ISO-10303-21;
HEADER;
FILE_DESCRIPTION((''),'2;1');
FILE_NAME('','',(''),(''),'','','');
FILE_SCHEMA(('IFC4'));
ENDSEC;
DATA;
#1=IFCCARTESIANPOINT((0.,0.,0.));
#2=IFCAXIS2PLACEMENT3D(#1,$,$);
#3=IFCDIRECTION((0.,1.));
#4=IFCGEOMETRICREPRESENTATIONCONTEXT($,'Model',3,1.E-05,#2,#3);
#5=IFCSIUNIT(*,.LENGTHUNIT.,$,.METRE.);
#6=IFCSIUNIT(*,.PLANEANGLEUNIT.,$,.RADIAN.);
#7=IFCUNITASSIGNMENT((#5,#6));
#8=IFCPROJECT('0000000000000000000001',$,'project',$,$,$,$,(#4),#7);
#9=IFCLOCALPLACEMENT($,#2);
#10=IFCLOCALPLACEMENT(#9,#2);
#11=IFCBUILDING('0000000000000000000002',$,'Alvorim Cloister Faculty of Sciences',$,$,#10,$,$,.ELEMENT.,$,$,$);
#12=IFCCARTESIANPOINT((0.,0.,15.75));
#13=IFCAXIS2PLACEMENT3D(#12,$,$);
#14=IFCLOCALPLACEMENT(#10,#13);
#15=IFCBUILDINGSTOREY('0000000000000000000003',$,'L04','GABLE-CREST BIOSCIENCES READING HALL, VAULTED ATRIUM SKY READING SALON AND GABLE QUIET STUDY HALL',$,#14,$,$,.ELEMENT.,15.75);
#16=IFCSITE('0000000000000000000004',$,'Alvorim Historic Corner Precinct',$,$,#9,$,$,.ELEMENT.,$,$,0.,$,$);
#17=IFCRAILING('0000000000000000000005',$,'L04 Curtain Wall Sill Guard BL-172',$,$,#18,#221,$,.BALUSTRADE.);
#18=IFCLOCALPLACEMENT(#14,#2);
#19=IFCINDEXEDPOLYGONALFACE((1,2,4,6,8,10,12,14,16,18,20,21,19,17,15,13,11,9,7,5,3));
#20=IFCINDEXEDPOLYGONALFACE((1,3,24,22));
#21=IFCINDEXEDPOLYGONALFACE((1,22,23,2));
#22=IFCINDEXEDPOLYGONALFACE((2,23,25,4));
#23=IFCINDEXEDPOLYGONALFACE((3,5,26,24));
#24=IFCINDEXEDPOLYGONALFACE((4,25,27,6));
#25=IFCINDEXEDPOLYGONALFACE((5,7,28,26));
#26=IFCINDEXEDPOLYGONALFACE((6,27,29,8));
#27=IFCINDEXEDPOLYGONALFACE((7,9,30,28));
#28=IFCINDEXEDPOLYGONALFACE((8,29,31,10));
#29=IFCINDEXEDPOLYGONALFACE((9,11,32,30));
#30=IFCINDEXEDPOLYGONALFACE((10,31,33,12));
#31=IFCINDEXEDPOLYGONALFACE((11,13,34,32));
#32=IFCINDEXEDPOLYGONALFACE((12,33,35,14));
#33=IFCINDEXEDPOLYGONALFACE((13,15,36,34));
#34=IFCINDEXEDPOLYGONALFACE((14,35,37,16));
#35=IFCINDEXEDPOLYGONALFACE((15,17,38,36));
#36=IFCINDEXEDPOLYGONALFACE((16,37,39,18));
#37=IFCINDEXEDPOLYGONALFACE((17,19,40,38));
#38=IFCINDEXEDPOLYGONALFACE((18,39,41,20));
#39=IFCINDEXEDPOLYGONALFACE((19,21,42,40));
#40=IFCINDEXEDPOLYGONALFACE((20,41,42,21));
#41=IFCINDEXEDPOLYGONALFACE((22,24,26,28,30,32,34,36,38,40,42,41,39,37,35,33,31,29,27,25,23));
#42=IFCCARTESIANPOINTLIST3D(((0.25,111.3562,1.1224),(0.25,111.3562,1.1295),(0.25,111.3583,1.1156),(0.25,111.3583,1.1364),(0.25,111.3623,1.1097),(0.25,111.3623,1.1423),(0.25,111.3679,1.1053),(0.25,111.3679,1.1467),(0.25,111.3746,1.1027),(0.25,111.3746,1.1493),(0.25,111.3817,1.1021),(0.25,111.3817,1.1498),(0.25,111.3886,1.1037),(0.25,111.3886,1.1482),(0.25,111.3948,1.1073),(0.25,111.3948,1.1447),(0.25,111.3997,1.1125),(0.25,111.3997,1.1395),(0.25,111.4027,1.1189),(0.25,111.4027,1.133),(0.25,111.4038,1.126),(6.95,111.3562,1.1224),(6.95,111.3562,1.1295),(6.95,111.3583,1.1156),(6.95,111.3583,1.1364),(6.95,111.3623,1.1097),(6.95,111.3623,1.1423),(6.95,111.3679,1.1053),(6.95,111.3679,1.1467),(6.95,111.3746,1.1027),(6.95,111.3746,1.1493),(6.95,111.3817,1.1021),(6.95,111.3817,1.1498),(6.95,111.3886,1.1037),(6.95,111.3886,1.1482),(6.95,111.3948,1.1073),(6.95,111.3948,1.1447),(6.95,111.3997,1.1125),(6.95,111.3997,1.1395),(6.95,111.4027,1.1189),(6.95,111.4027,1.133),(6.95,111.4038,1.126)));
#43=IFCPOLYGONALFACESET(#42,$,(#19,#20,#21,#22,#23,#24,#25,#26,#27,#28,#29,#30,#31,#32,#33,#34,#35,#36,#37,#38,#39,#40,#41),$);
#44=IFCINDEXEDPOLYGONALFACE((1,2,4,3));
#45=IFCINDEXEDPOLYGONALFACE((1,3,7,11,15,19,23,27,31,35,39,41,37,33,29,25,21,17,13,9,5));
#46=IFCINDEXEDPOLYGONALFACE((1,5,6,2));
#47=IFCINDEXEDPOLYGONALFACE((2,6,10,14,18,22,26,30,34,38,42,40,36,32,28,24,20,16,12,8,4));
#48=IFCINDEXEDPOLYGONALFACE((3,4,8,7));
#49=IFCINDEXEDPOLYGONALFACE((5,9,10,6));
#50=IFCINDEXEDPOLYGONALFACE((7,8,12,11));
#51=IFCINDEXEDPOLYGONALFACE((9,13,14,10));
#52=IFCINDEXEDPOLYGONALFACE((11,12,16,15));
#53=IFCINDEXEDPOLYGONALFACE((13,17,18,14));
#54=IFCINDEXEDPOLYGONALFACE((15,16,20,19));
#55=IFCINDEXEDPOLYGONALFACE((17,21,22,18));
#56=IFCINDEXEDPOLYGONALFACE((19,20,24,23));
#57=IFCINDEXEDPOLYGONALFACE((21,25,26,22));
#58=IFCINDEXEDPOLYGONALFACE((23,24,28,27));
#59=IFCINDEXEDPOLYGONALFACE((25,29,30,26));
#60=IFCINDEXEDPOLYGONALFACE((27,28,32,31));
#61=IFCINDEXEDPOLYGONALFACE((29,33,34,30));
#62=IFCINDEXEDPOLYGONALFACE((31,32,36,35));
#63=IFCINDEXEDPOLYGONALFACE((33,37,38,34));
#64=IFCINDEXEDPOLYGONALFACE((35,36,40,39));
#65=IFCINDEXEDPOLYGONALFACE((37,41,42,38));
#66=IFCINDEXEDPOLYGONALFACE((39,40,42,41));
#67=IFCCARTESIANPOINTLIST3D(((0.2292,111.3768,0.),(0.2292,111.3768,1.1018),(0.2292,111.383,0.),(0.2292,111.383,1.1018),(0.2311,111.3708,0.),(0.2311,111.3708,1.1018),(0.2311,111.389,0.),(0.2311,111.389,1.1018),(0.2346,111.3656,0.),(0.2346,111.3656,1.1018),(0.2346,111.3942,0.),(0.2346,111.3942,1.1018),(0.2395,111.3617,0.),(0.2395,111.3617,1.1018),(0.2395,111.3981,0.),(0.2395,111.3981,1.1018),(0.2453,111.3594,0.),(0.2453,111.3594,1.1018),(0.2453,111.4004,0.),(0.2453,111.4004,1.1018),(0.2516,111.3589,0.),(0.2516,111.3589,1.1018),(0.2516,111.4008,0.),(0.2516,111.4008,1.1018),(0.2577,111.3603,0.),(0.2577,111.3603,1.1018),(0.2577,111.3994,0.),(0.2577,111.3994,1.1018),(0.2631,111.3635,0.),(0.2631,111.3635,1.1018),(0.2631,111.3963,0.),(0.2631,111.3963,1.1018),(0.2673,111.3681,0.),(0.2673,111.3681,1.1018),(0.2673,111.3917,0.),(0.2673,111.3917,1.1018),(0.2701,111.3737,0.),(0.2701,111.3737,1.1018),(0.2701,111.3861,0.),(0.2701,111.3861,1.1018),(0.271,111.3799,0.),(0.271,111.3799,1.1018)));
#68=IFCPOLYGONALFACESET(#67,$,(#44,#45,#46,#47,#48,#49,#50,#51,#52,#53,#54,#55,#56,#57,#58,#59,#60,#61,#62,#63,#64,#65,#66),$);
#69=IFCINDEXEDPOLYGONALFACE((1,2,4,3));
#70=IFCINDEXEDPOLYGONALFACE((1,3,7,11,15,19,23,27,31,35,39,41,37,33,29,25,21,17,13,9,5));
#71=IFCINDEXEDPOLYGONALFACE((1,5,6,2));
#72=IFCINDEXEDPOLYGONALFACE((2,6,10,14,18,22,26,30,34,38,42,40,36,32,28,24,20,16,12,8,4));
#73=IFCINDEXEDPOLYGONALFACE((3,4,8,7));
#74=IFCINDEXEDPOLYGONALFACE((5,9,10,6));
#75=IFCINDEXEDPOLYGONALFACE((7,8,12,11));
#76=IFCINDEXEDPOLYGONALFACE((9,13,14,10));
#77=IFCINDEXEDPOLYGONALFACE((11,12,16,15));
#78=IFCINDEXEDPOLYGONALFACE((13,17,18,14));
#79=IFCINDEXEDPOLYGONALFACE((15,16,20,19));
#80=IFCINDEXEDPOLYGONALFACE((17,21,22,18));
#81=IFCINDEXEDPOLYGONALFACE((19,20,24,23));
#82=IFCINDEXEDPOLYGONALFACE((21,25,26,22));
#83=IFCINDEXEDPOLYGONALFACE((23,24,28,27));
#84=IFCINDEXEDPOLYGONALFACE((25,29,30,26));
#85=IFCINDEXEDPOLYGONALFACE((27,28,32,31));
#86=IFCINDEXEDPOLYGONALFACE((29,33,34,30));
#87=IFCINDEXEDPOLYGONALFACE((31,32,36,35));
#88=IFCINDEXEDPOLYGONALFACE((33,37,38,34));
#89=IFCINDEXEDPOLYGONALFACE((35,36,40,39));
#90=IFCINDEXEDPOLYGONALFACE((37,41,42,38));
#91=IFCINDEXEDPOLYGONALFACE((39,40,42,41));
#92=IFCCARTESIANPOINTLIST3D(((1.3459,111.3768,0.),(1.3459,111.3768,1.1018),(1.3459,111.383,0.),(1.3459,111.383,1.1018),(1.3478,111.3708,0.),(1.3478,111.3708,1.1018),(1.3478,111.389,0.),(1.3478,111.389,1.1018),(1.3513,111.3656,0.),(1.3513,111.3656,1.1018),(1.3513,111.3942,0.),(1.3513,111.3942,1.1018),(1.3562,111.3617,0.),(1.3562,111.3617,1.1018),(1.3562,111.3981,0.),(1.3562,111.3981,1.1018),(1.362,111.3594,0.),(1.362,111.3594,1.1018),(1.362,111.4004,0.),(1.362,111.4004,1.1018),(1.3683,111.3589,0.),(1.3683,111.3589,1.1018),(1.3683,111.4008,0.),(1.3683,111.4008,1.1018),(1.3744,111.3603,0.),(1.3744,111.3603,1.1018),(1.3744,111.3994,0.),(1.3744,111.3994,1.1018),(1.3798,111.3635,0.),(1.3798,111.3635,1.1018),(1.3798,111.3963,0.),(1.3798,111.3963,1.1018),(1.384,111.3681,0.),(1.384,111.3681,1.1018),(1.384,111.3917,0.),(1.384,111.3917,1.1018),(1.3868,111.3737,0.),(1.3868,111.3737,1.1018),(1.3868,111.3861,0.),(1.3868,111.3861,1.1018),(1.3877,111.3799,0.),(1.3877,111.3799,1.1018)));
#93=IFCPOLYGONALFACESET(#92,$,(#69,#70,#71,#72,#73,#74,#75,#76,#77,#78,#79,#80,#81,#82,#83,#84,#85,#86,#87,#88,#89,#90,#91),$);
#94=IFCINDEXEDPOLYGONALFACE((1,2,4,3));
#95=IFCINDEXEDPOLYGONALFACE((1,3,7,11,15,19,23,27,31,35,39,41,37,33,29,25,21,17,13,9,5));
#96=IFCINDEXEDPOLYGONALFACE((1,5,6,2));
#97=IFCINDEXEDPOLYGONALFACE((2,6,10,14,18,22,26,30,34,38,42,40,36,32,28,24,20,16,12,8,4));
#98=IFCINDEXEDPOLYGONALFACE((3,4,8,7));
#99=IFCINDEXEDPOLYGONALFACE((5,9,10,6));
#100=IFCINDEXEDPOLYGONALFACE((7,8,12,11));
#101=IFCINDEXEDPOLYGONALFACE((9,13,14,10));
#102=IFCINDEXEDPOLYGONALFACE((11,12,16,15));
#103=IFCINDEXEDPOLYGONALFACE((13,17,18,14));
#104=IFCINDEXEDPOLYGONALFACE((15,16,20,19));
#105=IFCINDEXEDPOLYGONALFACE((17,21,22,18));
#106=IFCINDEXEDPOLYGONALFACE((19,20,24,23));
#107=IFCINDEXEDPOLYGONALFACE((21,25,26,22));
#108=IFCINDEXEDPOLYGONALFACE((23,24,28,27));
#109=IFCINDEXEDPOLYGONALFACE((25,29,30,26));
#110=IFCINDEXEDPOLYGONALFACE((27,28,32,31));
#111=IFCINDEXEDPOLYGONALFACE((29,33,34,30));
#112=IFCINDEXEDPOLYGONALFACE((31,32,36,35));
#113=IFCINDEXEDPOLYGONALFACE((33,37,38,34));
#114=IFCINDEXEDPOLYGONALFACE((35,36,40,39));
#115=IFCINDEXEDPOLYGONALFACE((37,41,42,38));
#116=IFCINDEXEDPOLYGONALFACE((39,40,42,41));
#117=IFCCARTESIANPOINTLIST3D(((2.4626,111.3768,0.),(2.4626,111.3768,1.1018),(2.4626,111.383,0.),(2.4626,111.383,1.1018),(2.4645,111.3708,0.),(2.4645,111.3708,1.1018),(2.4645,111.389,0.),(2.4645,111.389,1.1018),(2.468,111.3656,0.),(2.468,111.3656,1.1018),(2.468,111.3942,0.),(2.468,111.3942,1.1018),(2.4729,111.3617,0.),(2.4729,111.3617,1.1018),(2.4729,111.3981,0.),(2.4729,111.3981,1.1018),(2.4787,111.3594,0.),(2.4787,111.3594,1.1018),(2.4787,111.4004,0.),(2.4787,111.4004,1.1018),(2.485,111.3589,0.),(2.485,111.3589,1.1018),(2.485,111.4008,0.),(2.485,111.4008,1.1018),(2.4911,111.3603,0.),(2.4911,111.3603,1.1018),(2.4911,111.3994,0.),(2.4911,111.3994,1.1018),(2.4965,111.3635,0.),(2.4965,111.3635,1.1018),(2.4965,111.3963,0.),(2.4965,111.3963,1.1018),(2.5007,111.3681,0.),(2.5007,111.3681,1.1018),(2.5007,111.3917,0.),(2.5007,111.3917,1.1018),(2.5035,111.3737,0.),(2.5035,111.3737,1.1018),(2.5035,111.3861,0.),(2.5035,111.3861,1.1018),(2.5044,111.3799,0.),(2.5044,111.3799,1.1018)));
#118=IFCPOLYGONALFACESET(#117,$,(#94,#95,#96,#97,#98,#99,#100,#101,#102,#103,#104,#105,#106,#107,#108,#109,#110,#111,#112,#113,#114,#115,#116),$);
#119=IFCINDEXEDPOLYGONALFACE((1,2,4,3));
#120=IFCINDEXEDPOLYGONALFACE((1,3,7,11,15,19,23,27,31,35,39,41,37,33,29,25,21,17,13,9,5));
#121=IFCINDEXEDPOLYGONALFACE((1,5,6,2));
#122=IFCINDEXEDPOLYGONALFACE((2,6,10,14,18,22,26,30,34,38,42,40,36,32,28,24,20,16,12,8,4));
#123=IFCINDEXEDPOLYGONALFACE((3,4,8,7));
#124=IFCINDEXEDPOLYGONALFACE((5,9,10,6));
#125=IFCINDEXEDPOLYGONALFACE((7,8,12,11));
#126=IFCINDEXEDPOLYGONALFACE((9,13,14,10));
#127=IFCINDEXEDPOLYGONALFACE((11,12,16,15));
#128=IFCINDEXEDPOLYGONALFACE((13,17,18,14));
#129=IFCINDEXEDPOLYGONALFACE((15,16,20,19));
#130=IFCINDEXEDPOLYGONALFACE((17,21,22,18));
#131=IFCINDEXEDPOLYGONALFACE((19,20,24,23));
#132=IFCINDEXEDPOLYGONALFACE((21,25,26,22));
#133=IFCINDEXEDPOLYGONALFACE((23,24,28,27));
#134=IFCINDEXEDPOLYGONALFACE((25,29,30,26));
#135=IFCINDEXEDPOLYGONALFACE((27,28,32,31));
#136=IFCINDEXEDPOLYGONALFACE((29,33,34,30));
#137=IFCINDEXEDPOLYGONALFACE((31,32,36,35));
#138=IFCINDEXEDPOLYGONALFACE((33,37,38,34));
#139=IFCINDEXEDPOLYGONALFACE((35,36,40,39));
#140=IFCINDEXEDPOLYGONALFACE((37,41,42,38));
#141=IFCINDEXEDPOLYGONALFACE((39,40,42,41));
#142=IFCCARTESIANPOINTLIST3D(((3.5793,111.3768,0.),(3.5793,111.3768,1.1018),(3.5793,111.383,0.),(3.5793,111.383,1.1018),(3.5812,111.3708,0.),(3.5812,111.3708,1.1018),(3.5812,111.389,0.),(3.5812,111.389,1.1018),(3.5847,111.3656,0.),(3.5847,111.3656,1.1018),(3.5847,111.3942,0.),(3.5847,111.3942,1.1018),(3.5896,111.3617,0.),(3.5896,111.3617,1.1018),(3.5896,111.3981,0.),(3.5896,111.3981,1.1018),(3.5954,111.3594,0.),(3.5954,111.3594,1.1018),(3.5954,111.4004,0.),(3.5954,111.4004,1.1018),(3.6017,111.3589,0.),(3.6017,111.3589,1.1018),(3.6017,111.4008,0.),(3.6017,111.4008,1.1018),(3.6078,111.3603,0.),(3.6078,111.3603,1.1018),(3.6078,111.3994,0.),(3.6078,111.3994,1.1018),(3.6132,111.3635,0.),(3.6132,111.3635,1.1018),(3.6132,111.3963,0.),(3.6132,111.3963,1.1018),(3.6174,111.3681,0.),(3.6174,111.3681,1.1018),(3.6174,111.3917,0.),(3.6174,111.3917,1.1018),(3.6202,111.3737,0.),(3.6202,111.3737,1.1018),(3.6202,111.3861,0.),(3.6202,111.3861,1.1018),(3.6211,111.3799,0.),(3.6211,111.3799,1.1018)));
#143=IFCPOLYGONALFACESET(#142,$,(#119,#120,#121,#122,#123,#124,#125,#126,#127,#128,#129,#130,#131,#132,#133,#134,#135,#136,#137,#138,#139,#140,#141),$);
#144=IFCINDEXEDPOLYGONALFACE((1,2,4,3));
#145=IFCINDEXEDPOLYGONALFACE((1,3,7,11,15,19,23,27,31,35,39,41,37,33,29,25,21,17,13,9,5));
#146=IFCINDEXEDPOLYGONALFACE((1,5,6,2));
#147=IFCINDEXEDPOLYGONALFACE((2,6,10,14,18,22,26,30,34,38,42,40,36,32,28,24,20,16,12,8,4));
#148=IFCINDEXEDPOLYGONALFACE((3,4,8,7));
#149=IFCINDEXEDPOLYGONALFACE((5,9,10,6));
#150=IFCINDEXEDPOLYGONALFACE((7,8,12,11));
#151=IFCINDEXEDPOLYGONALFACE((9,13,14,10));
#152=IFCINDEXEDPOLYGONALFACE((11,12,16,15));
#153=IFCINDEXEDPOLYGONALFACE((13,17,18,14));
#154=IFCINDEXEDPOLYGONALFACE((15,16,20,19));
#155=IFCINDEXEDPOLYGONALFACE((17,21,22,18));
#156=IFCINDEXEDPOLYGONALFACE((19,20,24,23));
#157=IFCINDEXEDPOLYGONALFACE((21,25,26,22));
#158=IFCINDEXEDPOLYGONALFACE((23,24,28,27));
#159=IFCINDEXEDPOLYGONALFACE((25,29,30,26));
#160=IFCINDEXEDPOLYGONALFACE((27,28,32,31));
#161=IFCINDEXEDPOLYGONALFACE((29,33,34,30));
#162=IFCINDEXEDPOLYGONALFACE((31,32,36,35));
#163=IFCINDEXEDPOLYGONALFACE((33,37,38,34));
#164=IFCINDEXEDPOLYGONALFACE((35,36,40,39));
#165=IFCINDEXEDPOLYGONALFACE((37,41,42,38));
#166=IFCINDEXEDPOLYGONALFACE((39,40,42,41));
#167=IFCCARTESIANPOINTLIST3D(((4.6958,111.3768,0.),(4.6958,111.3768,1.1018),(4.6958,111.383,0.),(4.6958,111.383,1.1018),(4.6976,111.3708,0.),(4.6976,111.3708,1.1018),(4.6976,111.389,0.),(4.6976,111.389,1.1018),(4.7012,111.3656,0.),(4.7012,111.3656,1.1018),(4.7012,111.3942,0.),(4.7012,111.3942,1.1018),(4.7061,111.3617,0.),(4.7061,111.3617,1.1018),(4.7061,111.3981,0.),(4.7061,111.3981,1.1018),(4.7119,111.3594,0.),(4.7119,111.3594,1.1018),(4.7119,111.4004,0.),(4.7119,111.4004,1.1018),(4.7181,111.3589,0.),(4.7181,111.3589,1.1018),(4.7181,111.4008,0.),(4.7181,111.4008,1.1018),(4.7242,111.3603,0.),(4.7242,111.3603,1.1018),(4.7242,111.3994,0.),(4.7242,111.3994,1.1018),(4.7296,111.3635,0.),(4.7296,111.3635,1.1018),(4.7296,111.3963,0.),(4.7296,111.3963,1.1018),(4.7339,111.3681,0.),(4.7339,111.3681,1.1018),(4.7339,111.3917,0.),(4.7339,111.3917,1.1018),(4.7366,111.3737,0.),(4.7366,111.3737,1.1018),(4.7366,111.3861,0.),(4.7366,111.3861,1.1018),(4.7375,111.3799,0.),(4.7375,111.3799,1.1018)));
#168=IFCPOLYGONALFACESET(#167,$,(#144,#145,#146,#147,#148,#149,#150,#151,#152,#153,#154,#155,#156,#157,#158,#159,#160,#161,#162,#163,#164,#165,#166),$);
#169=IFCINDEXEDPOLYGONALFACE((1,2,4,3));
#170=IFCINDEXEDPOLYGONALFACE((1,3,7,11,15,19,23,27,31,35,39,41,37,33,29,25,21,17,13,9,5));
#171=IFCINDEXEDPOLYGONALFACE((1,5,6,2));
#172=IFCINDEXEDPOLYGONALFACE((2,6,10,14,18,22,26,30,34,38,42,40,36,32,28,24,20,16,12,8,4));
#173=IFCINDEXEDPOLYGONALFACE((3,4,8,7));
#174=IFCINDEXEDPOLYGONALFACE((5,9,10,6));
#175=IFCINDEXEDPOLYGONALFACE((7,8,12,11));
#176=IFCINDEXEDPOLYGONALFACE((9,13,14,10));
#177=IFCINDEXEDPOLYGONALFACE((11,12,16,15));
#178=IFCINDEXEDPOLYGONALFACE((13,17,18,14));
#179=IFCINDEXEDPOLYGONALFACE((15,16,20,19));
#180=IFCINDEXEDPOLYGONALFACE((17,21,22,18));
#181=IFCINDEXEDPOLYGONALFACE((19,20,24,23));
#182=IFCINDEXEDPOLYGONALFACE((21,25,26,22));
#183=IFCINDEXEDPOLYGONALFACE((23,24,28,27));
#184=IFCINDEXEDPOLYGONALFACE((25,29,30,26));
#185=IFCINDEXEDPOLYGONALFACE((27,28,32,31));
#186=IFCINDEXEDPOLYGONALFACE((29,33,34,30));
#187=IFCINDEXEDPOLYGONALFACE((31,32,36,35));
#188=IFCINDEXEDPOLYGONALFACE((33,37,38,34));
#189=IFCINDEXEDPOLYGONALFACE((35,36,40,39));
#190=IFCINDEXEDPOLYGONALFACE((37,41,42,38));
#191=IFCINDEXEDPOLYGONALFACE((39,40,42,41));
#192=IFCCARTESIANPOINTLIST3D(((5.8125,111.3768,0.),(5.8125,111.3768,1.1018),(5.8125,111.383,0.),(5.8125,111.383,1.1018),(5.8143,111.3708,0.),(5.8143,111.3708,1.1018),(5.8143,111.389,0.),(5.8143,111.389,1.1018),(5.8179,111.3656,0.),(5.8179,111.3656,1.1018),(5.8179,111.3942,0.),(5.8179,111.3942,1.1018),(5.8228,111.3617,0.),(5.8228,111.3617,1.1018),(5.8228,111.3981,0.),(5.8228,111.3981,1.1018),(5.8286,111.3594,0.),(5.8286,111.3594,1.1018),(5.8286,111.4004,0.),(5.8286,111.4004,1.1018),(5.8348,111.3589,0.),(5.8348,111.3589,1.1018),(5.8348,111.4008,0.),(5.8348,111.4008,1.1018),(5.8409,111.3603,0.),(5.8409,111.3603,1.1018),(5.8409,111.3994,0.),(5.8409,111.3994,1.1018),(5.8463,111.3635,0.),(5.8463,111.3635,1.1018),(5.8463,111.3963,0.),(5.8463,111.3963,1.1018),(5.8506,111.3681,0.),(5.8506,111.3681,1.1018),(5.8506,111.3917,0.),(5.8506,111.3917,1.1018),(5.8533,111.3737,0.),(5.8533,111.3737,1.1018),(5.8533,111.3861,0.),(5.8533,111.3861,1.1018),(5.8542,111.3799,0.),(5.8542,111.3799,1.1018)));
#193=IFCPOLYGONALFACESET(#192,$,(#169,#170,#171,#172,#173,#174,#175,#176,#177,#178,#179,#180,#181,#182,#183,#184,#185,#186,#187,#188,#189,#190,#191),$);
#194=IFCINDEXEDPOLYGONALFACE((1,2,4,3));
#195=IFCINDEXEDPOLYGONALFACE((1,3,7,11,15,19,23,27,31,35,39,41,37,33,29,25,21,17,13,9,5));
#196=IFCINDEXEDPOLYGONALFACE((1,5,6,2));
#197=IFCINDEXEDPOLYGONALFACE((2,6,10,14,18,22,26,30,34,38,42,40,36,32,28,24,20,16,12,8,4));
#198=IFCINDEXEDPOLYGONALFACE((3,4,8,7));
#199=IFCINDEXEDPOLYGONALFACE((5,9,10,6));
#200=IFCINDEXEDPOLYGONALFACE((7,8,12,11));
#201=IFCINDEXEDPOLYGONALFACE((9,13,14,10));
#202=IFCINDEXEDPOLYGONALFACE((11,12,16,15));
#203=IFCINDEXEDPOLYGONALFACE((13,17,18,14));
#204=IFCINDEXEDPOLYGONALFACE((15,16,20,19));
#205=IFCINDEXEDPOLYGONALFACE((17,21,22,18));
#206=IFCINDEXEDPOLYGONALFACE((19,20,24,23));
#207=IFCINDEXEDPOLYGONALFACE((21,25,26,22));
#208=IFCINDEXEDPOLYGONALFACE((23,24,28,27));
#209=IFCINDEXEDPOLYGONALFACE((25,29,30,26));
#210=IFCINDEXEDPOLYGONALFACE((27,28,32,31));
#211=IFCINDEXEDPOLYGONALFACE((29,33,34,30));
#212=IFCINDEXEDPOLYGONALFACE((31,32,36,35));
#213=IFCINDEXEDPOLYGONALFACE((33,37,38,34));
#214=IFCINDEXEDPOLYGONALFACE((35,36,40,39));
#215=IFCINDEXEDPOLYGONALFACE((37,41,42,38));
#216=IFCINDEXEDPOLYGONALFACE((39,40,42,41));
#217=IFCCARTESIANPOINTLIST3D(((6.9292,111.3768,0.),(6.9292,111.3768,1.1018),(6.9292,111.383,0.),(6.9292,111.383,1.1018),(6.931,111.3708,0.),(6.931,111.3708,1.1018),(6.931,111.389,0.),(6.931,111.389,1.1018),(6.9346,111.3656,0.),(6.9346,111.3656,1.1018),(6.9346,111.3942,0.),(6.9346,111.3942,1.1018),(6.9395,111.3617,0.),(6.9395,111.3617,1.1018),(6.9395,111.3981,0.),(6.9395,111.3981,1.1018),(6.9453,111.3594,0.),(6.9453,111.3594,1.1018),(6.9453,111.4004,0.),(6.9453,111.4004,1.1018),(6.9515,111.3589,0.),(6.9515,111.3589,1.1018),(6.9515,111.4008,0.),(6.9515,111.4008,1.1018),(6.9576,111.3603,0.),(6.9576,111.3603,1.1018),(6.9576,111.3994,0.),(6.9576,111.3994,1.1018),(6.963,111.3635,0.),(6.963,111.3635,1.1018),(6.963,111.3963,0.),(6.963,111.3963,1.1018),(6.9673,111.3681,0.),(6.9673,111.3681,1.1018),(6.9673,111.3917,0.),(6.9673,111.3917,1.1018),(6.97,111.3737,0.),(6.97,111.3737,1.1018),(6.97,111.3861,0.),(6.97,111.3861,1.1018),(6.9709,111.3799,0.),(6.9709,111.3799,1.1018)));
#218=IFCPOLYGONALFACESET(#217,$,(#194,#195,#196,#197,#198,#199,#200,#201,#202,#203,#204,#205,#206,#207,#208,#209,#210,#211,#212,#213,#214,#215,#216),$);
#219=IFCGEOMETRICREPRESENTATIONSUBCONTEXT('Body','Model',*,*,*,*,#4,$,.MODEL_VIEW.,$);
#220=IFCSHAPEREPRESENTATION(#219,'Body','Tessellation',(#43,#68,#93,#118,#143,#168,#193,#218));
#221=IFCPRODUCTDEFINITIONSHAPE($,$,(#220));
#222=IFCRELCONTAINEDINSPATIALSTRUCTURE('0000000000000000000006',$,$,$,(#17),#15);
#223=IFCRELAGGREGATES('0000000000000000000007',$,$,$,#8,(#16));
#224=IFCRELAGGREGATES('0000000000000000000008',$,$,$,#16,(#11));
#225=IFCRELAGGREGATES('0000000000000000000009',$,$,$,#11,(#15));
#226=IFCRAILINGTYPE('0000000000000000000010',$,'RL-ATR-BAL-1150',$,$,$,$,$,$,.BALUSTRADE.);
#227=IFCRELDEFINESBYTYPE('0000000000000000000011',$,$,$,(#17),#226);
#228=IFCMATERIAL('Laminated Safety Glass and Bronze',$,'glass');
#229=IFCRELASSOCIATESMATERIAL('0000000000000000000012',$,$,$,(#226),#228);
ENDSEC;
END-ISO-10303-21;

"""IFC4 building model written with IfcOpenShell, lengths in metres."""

from ifc_helpers import new_model, si_unit, direction, frame, origin, origin_2d, place, context, subcontext, project, spatial, circle, extrude, material, type_object, element, save


model = new_model("IFC4")

# Units and contexts
model_context = context("Model", 3, precision=1e-05, world=origin(), true_north=direction((0.0, 1.0)))
body_context = subcontext(model_context, "Body", "Model", "MODEL_VIEW")
ifc_project = project(units=[si_unit("LENGTHUNIT", "METRE"), si_unit("PLANEANGLEUNIT", "RADIAN")], contexts=[model_context])

# Site, building, storey
site_placement = place(None, origin())
site = spatial("IfcSite", under=ifc_project, at=site_placement, Name="Alvorim Historic Corner Precinct", CompositionType="ELEMENT", RefElevation=0.0)
building_placement = place(site_placement, origin())
building = spatial("IfcBuilding", under=site, at=building_placement, Name="Alvorim Cloister Faculty of Sciences", CompositionType="ELEMENT")
storey_placement = place(building_placement, frame((0.0, 0.0, 15.75)))
storey = spatial("IfcBuildingStorey", under=building, at=storey_placement, Name="L04", Description="GABLE-CREST BIOSCIENCES READING HALL, VAULTED ATRIUM SKY READING SALON AND GABLE QUIET STUDY HALL", CompositionType="ELEMENT", Elevation=15.75)

# Railing
ifc_material_1 = material(Name="Laminated Safety Glass and Bronze", Category="glass")
railing_type = type_object("IfcRailingType", Name="RL-ATR-BAL-1150", PredefinedType="BALUSTRADE", material=ifc_material_1)
railing_placement = place(storey_placement, frame((0.25, 111.3799, 0.0)))
element("IfcRailing", 1, at=railing_placement, inside=storey, type_object=railing_type, Name="L04 Curtain Wall Sill Guard BL-172", PredefinedType="BALUSTRADE", context=body_context, shape_type="SweptSolid", body=[
    extrude(circle(Radius=0.0239, at=origin_2d()), frame((0.0, 0.0, 1.126), z_axis=(1.0, 0.0, 0.0), x_axis=(0.0, 1.0, 0.0)), (0.0, 0.0, 1.0), 6.7),
    extrude(circle(Radius=0.021, at=origin_2d()), origin(), (0.0, 0.0, 1.0), 1.1018),
    extrude(circle(Radius=0.021, at=origin_2d()), frame((1.1167, 0.0, 0.0)), (0.0, 0.0, 1.0), 1.1018),
    extrude(circle(Radius=0.021, at=origin_2d()), frame((2.2334, 0.0, 0.0)), (0.0, 0.0, 1.0), 1.1018),
    extrude(circle(Radius=0.021, at=origin_2d()), frame((3.3501, 0.0, 0.0)), (0.0, 0.0, 1.0), 1.1018),
    extrude(circle(Radius=0.021, at=origin_2d()), frame((4.4666, 0.0, 0.0)), (0.0, 0.0, 1.0), 1.1018),
    extrude(circle(Radius=0.021, at=origin_2d()), frame((5.5833, 0.0, 0.0)), (0.0, 0.0, 1.0), 1.1018),
    extrude(circle(Radius=0.021, at=origin_2d()), frame((6.7, 0.0, 0.0)), (0.0, 0.0, 1.0), 1.1018),
])

save(model, "model.ifc")
